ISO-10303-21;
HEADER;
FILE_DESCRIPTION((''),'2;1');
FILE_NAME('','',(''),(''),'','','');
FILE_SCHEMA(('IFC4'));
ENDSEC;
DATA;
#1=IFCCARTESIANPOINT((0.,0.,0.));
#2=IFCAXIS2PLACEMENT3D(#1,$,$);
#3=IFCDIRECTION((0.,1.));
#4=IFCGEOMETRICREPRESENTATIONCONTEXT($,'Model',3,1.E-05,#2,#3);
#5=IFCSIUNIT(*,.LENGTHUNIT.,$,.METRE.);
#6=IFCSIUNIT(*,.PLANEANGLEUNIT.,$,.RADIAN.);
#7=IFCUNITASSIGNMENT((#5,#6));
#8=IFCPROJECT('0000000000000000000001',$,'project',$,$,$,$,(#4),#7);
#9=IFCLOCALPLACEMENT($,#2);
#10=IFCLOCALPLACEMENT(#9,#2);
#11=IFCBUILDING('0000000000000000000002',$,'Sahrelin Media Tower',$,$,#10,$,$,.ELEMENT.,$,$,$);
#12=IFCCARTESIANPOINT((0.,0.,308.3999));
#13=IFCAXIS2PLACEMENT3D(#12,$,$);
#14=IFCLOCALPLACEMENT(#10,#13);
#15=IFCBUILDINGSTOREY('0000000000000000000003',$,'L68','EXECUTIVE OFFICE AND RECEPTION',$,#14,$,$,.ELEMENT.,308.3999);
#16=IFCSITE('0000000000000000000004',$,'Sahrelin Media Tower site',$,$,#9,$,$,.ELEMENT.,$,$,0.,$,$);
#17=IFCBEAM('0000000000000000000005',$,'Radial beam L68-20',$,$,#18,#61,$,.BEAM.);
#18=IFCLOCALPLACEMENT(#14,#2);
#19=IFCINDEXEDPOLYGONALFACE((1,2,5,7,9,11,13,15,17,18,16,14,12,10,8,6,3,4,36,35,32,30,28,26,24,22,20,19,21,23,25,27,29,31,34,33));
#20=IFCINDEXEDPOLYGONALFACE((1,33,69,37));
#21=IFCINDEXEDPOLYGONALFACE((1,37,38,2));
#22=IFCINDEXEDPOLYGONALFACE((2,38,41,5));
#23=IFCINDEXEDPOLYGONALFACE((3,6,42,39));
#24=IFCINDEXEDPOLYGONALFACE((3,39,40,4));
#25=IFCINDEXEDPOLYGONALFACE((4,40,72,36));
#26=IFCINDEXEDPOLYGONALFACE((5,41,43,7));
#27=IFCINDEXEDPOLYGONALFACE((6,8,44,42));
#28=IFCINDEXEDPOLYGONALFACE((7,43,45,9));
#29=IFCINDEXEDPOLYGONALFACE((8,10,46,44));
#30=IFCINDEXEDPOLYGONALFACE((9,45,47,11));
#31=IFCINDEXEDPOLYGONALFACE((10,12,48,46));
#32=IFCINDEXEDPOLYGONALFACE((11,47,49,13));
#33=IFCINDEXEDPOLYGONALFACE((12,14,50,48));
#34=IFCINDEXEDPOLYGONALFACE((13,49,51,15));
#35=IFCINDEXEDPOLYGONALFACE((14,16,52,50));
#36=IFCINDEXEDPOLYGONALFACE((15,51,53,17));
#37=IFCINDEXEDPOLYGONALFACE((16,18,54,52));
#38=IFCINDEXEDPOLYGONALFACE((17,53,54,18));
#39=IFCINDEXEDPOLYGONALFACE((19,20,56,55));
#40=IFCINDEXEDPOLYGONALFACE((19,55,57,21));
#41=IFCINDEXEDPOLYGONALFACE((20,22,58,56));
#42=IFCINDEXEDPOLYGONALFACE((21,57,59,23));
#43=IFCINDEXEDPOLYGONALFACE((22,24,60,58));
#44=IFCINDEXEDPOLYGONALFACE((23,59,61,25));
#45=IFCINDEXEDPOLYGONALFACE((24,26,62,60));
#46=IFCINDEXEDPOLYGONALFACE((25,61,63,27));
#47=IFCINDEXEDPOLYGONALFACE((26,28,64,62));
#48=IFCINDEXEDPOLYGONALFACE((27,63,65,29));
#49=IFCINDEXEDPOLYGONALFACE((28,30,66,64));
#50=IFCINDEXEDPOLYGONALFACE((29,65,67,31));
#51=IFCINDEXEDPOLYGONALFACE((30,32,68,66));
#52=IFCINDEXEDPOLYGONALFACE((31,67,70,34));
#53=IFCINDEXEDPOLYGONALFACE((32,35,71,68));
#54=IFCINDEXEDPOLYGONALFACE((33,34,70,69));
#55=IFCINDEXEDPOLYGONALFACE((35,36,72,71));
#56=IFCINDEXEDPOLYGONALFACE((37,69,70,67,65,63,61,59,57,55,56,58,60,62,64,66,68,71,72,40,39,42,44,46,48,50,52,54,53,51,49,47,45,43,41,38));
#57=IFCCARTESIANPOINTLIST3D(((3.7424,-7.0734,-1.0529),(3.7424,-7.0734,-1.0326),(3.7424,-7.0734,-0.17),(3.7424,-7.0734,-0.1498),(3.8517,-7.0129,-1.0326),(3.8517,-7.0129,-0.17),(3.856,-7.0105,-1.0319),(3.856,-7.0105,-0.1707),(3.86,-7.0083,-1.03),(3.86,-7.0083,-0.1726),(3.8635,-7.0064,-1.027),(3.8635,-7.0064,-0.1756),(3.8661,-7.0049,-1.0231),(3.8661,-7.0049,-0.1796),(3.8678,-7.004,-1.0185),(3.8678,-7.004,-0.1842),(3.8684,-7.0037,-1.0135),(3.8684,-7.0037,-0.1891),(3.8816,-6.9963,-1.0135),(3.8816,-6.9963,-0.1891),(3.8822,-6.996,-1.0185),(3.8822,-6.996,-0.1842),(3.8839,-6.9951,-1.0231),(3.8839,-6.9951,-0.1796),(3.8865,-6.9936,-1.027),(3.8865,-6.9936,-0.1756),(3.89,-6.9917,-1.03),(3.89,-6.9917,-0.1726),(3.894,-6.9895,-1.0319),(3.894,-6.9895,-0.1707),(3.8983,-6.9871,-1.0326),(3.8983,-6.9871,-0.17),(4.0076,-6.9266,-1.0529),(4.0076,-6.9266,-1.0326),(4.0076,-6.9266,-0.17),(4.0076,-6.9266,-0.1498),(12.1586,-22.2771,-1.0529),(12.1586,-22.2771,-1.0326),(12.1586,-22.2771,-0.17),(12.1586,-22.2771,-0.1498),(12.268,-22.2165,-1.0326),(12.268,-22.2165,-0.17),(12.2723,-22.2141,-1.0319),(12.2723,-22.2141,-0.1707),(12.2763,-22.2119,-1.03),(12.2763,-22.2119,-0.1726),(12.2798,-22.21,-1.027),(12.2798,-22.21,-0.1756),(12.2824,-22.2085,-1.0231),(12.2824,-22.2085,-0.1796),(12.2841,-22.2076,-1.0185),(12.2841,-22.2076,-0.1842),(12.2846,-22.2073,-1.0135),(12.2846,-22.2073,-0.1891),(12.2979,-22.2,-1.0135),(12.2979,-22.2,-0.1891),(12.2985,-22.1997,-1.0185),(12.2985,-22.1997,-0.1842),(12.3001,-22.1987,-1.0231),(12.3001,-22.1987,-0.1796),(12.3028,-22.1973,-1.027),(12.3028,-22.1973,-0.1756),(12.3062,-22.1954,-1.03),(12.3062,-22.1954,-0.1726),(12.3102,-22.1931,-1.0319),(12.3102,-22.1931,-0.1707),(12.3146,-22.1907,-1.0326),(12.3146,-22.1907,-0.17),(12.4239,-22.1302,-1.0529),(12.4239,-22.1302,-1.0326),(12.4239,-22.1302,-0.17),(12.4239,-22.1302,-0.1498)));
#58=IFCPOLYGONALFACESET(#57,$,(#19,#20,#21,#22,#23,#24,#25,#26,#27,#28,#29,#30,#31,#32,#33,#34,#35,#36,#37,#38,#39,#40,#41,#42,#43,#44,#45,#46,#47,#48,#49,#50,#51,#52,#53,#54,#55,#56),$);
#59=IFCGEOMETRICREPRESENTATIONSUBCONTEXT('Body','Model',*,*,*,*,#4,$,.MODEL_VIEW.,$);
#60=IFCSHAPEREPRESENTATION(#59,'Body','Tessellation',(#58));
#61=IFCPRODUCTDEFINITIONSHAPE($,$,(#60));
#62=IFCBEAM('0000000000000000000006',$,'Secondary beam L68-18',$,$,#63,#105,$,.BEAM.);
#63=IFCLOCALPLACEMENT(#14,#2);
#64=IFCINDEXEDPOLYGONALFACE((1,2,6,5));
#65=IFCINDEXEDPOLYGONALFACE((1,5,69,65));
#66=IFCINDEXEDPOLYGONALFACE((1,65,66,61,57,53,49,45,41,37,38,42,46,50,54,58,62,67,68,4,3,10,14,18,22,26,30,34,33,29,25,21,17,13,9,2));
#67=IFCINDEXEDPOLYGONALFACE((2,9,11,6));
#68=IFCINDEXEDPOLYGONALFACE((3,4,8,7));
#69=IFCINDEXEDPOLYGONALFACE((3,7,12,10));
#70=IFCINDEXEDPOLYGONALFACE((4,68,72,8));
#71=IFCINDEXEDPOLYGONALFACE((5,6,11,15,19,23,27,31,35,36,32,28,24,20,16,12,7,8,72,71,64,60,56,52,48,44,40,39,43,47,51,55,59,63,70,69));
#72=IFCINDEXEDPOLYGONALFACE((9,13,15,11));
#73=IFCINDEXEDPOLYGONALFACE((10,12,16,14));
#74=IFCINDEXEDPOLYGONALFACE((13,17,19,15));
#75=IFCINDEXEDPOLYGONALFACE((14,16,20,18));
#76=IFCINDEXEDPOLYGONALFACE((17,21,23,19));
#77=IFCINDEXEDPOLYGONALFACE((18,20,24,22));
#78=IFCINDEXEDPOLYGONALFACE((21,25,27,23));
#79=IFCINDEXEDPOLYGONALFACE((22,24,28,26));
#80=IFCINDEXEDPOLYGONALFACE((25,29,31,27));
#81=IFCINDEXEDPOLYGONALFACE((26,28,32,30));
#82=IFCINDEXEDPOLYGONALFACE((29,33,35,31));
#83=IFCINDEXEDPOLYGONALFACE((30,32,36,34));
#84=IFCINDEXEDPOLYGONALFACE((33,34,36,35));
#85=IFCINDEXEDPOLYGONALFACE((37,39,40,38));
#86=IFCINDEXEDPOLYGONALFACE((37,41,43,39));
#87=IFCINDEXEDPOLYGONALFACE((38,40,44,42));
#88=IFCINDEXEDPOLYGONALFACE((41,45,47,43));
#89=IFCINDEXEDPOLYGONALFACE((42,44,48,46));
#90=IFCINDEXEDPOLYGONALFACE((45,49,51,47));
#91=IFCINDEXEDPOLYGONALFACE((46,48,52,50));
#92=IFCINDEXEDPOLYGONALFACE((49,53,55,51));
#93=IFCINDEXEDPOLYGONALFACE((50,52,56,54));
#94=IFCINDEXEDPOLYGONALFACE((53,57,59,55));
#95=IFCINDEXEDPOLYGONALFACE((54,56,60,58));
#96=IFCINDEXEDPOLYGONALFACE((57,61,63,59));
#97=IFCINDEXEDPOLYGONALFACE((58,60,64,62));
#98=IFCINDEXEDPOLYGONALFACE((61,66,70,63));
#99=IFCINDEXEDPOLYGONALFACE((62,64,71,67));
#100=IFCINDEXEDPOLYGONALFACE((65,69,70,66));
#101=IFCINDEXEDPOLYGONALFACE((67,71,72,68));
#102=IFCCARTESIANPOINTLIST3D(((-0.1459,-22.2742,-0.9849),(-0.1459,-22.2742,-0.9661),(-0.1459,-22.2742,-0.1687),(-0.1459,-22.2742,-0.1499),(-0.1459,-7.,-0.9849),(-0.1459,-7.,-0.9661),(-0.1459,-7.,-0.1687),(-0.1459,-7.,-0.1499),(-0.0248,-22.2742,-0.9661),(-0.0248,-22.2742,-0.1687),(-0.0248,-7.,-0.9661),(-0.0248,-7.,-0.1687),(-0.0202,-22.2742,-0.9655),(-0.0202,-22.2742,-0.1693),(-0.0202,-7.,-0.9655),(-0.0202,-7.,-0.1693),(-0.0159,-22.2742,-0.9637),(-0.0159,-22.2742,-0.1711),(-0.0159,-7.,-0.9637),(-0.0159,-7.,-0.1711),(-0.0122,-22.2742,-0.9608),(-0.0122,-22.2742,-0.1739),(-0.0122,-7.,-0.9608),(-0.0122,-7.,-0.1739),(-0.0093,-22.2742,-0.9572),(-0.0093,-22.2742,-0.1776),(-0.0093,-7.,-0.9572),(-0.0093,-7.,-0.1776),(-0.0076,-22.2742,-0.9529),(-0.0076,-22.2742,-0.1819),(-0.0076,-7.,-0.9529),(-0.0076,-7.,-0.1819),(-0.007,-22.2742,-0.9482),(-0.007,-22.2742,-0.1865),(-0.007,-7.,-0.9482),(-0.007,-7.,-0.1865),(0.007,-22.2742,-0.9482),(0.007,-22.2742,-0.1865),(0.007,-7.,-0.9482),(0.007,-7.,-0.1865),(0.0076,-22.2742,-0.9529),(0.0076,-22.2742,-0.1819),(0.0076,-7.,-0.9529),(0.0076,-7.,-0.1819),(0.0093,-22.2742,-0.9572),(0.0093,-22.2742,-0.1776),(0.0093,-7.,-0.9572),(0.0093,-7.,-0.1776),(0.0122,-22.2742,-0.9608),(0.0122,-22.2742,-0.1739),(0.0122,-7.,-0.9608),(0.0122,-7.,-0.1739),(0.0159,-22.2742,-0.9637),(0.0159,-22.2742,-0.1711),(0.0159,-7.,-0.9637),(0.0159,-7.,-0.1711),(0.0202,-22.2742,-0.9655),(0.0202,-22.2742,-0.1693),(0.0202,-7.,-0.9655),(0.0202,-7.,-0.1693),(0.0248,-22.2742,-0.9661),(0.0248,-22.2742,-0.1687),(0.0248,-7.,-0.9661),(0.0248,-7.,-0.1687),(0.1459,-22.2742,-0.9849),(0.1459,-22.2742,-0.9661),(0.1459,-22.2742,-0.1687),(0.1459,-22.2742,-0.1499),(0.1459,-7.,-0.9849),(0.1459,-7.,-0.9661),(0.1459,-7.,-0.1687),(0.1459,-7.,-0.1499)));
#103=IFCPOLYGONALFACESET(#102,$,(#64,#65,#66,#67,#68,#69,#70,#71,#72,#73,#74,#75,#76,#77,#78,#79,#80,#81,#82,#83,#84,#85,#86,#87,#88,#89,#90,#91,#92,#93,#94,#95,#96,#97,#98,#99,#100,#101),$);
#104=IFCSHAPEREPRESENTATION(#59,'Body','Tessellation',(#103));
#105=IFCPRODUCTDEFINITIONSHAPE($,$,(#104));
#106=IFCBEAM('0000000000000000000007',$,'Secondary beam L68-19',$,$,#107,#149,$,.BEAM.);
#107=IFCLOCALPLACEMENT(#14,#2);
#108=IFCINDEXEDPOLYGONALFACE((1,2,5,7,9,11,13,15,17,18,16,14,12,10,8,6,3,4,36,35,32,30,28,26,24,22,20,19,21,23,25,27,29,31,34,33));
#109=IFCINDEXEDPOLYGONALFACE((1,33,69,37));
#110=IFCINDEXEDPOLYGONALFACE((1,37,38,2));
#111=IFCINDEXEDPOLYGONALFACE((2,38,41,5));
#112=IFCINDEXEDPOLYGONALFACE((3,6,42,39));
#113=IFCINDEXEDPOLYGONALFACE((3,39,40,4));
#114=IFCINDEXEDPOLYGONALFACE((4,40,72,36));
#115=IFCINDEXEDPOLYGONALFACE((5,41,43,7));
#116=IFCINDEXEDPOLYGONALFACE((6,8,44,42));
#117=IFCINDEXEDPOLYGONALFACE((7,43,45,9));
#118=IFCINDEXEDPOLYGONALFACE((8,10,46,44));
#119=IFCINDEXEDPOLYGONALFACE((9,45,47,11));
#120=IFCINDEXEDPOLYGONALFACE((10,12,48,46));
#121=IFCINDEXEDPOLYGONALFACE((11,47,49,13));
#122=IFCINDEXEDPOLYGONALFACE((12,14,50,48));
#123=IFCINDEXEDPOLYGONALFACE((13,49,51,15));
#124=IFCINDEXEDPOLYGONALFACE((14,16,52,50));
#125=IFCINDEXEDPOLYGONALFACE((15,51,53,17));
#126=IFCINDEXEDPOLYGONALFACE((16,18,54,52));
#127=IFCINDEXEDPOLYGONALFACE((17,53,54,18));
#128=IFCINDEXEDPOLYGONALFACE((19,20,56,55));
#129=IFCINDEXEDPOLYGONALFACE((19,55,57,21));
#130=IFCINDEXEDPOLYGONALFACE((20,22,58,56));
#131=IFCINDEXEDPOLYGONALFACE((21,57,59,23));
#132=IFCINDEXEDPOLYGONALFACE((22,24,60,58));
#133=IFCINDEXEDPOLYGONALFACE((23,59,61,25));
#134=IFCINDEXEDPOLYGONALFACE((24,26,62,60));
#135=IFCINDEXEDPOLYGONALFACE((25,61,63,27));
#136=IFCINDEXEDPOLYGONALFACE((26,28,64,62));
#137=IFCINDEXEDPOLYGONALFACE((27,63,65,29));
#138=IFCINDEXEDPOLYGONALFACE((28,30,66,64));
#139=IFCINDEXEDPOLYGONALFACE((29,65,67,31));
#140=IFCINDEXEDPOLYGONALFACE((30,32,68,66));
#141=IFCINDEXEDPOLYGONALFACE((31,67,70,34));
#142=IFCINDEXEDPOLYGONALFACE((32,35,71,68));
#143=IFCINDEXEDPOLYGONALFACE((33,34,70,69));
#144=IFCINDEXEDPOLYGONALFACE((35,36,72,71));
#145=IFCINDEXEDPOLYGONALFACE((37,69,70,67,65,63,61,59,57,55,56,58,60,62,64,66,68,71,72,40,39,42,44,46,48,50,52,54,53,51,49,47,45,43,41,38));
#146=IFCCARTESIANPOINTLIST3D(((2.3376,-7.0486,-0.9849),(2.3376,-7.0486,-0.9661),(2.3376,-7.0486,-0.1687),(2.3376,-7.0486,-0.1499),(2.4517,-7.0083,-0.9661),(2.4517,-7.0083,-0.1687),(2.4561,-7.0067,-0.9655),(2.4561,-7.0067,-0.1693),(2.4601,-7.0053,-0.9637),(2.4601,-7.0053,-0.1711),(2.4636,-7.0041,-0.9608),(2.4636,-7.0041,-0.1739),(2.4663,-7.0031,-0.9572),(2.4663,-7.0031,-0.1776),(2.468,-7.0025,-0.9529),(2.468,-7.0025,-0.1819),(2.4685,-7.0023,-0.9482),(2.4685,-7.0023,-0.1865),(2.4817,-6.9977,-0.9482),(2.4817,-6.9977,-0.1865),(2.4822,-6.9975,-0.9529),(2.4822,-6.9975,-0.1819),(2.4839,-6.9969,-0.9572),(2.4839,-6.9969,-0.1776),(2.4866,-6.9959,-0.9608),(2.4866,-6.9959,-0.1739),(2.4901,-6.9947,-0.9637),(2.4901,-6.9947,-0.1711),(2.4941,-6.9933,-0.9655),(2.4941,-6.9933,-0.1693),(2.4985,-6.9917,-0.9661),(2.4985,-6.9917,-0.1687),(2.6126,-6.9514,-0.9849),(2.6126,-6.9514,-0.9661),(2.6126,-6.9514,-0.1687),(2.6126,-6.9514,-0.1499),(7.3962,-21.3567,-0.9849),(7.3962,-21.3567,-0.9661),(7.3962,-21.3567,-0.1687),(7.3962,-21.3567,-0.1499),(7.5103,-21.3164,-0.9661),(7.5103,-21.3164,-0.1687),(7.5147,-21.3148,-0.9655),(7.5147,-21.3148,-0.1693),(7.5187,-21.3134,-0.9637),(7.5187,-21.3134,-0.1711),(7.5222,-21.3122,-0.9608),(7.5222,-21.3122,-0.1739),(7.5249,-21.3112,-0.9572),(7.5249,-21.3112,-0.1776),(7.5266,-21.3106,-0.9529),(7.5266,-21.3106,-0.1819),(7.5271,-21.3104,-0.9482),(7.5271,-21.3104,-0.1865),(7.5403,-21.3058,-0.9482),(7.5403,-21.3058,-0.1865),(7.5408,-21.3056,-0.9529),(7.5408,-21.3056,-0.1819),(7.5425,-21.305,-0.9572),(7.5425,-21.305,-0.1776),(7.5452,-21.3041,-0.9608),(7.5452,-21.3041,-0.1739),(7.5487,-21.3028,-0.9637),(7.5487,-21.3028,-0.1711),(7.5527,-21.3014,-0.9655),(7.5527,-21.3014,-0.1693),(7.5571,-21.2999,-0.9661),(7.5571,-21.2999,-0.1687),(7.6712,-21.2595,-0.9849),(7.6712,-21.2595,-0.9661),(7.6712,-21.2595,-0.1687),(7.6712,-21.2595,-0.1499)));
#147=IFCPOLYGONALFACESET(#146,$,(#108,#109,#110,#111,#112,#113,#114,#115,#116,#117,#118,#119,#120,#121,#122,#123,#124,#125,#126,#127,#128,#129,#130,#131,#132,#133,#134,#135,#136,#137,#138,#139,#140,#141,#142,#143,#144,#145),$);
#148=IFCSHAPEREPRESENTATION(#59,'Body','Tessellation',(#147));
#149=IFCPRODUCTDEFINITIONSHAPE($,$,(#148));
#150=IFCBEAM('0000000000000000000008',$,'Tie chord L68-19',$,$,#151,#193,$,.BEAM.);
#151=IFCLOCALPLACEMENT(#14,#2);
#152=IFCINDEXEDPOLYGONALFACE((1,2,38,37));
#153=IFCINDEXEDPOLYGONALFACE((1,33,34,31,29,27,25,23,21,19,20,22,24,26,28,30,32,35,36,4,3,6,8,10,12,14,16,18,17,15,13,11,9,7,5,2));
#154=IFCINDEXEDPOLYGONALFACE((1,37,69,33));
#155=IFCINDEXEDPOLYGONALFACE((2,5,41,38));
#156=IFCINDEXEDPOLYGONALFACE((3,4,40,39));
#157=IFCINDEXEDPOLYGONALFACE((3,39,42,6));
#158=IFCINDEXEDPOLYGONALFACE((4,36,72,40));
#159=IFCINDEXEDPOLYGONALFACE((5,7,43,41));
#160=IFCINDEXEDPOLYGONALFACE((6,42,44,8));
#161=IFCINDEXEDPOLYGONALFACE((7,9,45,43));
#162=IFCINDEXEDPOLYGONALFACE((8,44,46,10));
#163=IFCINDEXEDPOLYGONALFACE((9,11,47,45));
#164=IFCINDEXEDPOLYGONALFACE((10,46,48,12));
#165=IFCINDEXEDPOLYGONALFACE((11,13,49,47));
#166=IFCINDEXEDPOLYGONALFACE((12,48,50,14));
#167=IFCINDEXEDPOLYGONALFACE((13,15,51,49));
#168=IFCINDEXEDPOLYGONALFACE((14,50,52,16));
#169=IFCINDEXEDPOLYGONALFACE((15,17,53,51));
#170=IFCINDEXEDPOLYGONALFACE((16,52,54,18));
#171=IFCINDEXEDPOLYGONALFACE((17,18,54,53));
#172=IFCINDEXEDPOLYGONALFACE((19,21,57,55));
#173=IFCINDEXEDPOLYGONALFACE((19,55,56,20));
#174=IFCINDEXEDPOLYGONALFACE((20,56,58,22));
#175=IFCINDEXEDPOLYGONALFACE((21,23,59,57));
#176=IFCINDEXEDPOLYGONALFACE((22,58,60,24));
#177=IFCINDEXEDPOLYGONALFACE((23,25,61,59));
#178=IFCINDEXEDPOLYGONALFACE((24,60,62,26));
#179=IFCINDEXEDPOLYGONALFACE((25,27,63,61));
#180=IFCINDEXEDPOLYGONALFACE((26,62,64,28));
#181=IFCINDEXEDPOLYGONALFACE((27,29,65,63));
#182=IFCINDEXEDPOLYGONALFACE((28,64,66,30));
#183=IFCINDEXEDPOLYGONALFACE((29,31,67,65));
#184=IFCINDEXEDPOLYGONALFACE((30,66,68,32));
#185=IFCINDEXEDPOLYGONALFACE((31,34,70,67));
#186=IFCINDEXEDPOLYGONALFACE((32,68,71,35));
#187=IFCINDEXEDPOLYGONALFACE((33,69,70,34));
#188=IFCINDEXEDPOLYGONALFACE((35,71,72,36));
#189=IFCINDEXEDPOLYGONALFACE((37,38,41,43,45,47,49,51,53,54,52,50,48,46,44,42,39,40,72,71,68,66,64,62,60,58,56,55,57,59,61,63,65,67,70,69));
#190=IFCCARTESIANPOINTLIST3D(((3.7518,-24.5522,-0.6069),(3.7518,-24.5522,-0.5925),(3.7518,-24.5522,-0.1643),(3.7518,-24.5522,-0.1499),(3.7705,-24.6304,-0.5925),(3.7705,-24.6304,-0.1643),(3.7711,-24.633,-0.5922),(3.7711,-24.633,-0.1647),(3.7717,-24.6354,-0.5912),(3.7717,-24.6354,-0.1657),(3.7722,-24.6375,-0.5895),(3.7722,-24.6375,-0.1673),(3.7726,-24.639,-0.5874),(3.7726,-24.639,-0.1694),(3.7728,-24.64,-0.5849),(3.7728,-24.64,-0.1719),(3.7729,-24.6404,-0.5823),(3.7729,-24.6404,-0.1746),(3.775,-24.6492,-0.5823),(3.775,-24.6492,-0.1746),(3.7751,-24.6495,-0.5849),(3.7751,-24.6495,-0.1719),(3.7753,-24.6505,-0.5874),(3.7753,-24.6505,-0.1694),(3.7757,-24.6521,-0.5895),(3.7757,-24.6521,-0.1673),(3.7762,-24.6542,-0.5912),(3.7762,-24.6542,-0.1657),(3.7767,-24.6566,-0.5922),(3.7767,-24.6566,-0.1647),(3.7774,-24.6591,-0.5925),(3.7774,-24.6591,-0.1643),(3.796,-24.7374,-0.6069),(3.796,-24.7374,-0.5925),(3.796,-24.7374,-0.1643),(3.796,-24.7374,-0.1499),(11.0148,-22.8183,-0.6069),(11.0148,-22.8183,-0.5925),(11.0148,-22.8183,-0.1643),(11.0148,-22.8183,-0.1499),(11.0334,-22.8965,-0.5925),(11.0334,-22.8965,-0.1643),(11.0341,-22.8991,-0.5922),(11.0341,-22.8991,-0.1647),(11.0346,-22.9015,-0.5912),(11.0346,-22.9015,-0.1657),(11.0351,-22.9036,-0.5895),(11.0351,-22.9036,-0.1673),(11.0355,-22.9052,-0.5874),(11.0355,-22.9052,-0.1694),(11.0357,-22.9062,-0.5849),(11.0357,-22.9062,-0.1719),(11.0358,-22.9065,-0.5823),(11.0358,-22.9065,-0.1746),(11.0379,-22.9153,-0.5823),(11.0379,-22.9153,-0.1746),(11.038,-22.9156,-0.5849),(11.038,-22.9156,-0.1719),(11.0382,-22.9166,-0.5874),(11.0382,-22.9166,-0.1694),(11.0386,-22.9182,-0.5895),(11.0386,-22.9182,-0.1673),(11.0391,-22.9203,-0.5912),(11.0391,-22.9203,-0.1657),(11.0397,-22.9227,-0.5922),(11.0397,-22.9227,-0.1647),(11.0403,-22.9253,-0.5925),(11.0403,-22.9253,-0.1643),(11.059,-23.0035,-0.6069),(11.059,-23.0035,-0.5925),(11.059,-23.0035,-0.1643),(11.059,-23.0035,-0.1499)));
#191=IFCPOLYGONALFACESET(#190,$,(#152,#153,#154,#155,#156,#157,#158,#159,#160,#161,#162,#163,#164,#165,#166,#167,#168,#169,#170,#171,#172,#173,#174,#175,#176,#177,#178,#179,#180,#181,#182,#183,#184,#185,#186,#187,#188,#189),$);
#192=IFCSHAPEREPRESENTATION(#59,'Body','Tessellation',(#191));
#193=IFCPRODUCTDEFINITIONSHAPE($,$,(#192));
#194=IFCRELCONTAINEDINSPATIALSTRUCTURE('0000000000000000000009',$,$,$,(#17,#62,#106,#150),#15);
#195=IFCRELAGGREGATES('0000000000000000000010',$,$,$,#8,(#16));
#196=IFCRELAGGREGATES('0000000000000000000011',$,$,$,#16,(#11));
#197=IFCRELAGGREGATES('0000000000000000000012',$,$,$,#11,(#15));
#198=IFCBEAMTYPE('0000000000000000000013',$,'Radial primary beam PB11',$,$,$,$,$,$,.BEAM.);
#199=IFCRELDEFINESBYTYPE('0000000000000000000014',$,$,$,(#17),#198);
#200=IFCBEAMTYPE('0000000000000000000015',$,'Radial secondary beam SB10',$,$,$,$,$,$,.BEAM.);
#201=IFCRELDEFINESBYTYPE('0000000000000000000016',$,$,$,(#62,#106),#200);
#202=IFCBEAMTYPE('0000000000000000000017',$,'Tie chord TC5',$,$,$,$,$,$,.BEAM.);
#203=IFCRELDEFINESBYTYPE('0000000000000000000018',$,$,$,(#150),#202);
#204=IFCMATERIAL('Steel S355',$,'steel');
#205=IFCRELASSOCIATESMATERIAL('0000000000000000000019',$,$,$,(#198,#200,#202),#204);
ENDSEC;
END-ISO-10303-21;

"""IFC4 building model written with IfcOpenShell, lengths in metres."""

from ifc_helpers import new_model, si_unit, direction, frame, origin, origin_2d, place, context, subcontext, project, spatial, i_section, extrude, material, material_profile, profile_set, type_object, element, save


model = new_model("IFC4")

# Units and contexts
model_context = context("Model", 3, precision=1e-05, world=origin(), true_north=direction((0.0, 1.0)))
body_context = subcontext(model_context, "Body", "Model", "MODEL_VIEW")
ifc_project = project(units=[si_unit("LENGTHUNIT", "METRE"), si_unit("PLANEANGLEUNIT", "RADIAN")], contexts=[model_context])

# Site, building, storey
site_placement = place(None, origin())
site = spatial("IfcSite", under=ifc_project, at=site_placement, Name="Sahrelin Media Tower site", CompositionType="ELEMENT", RefElevation=0.0)
building_placement = place(site_placement, origin())
building = spatial("IfcBuilding", under=site, at=building_placement, Name="Sahrelin Media Tower", CompositionType="ELEMENT")
storey_placement = place(building_placement, frame((0.0, 0.0, 308.3999)))
storey = spatial("IfcBuildingStorey", under=building, at=storey_placement, Name="L68", Description="EXECUTIVE OFFICE AND RECEPTION", CompositionType="ELEMENT", Elevation=308.3999)

# Shared definitions
ifc_material_1 = material(Name="Steel S355", Category="steel")

# Beams
ifc_material_profile_1 = material_profile(ifc_material_1, i_section(OverallWidth=0.3032, OverallDepth=0.9031, WebThickness=0.0151, FlangeThickness=0.0203, FilletRadius=0.019, at=origin_2d()), Name="UB 914x305x201")
ifc_profile_set_1 = profile_set([ifc_material_profile_1], Name="Steel S355")
beam_type_1 = type_object("IfcBeamType", Name="Radial primary beam PB11", PredefinedType="BEAM", material=ifc_profile_set_1)
beam_1_placement = place(storey_placement, frame((3.875, -7.0, -0.6013), z_axis=(0.484315, -0.874894, 0.0), x_axis=(0.874894, 0.484315, 0.0)))
element("IfcBeam", 1, at=beam_1_placement, inside=storey, type_object=beam_type_1, Name="Radial beam L68-20", PredefinedType="BEAM", context=body_context, shape_type="SweptSolid", body=[
    extrude(i_section(OverallWidth=0.3032, OverallDepth=0.9031, WebThickness=0.0151, FlangeThickness=0.0203, FilletRadius=0.019, at=origin_2d()), origin(), (0.0, 0.0, 1.0), 17.3777),
])
ifc_material_profile_2 = material_profile(ifc_material_1, i_section(OverallWidth=0.2917, OverallDepth=0.835, WebThickness=0.0139, FlangeThickness=0.0188, FilletRadius=0.0178, at=origin_2d()), Name="UB 838x292x176")
ifc_profile_set_2 = profile_set([ifc_material_profile_2], Name="Steel S355")
beam_type_2 = type_object("IfcBeamType", Name="Radial secondary beam SB10", PredefinedType="BEAM", material=ifc_profile_set_2)
beam_2_placement = place(storey_placement, frame((0.0, -7.0, -0.5674), z_axis=(0.0, -1.0, 0.0), x_axis=(1.0, 0.0, 0.0)))
element("IfcBeam", 2, at=beam_2_placement, inside=storey, type_object=beam_type_2, Name="Secondary beam L68-18", PredefinedType="BEAM", context=body_context, shape_type="SweptSolid", body=[
    extrude(i_section(OverallWidth=0.2917, OverallDepth=0.835, WebThickness=0.0139, FlangeThickness=0.0188, FilletRadius=0.0178, at=origin_2d()), origin(), (0.0, 0.0, 1.0), 15.2742),
])
beam_3_placement = place(storey_placement, frame((2.4751, -7.0, -0.5674), z_axis=(0.333328, -0.942811, 0.0), x_axis=(0.942811, 0.333328, 0.0)))
element("IfcBeam", 3, at=beam_3_placement, inside=storey, type_object=beam_type_2, Name="Secondary beam L68-19", PredefinedType="BEAM", context=body_context, shape_type="SweptSolid", body=[
    extrude(i_section(OverallWidth=0.2917, OverallDepth=0.835, WebThickness=0.0139, FlangeThickness=0.0188, FilletRadius=0.0178, at=origin_2d()), origin(), (0.0, 0.0, 1.0), 15.176),
])
ifc_material_profile_3 = material_profile(ifc_material_1, i_section(OverallWidth=0.1904, OverallDepth=0.457, WebThickness=0.009, FlangeThickness=0.0144, FilletRadius=0.0103, at=origin_2d()), Name="UB 457x191x74")
ifc_profile_set_3 = profile_set([ifc_material_profile_3], Name="Steel S355")
beam_type_3 = type_object("IfcBeamType", Name="Tie chord TC5", PredefinedType="BEAM", material=ifc_profile_set_3)
beam_4_placement = place(storey_placement, frame((3.7739, -24.6448, -0.3784), z_axis=(0.972667, 0.232205, 0.0), x_axis=(-0.232205, 0.972667, 0.0)))
element("IfcBeam", 4, at=beam_4_placement, inside=storey, type_object=beam_type_3, Name="Tie chord L68-19", PredefinedType="BEAM", context=body_context, shape_type="SweptSolid", body=[
    extrude(i_section(OverallWidth=0.1904, OverallDepth=0.457, WebThickness=0.009, FlangeThickness=0.0144, FilletRadius=0.0103, at=origin_2d()), origin(), (0.0, 0.0, 1.0), 7.467),
])

save(model, "model.ifc")
